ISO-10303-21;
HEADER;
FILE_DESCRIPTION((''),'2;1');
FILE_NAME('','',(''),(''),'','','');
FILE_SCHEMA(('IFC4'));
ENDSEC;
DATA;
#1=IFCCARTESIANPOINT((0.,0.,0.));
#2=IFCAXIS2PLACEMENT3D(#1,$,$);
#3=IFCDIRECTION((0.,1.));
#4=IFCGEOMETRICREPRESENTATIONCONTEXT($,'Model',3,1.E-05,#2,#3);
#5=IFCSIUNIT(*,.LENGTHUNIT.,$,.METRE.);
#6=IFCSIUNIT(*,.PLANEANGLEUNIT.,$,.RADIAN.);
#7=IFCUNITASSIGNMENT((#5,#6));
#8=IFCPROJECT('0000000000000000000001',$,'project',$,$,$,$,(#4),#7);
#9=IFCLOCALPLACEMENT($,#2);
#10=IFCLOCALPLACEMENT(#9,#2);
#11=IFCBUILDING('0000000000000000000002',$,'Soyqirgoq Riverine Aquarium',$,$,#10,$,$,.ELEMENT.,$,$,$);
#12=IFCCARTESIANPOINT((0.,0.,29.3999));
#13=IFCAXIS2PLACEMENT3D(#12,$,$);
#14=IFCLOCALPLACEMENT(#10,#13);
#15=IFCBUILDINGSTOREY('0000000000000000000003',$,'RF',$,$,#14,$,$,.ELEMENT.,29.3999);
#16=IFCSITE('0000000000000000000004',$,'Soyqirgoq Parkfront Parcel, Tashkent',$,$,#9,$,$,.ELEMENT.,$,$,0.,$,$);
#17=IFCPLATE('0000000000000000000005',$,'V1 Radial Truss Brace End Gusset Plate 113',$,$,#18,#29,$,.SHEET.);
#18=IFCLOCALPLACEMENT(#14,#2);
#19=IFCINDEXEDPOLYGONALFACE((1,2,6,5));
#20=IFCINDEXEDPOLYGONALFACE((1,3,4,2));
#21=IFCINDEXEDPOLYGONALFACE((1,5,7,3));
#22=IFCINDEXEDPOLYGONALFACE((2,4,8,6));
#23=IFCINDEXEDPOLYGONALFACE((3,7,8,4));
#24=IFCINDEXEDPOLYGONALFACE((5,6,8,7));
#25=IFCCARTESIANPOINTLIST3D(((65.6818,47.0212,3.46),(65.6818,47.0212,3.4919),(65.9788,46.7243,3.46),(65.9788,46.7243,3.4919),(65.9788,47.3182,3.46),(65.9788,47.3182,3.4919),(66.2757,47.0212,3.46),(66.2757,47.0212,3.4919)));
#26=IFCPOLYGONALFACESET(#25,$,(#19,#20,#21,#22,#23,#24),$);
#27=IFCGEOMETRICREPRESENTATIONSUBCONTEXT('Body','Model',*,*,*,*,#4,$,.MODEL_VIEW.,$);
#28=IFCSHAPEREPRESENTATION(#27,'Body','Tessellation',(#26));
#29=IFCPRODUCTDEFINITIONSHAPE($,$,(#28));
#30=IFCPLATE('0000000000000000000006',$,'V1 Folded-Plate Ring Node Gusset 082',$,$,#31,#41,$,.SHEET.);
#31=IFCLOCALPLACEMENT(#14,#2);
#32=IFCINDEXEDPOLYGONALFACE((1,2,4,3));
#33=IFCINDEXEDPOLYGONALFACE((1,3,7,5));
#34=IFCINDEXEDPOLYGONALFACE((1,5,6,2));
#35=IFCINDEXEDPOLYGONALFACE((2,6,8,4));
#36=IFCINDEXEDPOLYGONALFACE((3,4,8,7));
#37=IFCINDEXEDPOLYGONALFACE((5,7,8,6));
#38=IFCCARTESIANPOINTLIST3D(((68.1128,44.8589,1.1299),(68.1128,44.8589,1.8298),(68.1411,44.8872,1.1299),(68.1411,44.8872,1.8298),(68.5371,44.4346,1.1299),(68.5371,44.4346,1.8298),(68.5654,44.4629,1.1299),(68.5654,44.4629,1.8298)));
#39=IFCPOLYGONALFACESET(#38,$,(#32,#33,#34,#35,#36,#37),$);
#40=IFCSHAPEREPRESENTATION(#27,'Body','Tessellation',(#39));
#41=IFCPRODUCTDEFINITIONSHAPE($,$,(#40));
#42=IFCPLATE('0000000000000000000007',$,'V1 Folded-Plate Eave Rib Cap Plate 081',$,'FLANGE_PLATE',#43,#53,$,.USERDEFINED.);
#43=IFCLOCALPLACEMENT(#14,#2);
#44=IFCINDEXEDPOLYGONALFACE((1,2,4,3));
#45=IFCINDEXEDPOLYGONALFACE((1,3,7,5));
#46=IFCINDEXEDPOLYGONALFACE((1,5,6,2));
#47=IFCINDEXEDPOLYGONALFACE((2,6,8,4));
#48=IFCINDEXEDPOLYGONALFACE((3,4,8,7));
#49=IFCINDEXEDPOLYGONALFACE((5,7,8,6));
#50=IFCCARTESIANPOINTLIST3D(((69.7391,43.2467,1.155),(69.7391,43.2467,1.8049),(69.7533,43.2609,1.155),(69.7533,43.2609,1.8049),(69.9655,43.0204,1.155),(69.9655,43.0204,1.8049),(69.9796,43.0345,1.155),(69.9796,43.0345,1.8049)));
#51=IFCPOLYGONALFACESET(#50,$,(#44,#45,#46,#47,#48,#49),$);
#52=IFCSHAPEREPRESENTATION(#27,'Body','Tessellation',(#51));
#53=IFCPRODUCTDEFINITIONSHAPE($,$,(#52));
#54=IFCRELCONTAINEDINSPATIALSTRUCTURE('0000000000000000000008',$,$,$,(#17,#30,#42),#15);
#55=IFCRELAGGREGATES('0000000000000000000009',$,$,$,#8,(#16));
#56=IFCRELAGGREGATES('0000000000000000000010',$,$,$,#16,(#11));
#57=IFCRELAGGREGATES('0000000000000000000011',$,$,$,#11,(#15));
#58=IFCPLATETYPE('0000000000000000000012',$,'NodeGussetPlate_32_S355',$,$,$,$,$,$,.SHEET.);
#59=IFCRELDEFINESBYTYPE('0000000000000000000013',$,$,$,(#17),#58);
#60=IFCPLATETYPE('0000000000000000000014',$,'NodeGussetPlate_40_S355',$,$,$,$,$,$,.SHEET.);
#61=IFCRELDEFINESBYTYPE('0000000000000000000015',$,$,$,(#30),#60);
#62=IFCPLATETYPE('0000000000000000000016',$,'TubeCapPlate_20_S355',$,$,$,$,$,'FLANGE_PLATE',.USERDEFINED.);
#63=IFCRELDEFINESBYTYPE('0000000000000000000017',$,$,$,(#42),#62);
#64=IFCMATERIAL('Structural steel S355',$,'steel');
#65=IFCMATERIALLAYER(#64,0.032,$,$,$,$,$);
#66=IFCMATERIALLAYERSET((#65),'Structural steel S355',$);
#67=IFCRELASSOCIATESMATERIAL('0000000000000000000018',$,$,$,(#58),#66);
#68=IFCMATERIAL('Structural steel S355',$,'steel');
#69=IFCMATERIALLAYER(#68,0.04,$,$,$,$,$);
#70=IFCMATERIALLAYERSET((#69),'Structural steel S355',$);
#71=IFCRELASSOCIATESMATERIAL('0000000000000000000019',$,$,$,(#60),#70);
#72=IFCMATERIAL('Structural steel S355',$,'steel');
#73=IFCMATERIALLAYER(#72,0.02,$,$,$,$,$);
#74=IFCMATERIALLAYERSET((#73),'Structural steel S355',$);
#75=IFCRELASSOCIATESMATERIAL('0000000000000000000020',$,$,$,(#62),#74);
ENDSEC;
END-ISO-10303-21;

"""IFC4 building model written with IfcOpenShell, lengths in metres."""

from ifc_helpers import new_model, si_unit, direction, frame, origin, origin_2d, place, context, subcontext, project, spatial, rectangle, extrude, material, layer, layer_set, type_object, element, save


model = new_model("IFC4")

# Units and contexts
model_context = context("Model", 3, precision=1e-05, world=origin(), true_north=direction((0.0, 1.0)))
body_context = subcontext(model_context, "Body", "Model", "MODEL_VIEW")
ifc_project = project(units=[si_unit("LENGTHUNIT", "METRE"), si_unit("PLANEANGLEUNIT", "RADIAN")], contexts=[model_context])

# Site, building, storey
site_placement = place(None, origin())
site = spatial("IfcSite", under=ifc_project, at=site_placement, Name="Soyqirgoq Parkfront Parcel, Tashkent", CompositionType="ELEMENT", RefElevation=0.0)
building_placement = place(site_placement, origin())
building = spatial("IfcBuilding", under=site, at=building_placement, Name="Soyqirgoq Riverine Aquarium", CompositionType="ELEMENT")
storey_placement = place(building_placement, frame((0.0, 0.0, 29.3999)))
storey = spatial("IfcBuildingStorey", under=building, at=storey_placement, Name="RF", CompositionType="ELEMENT", Elevation=29.3999)

# Plates
ifc_material_1 = material(Name="Structural steel S355", Category="steel")
ifc_layer_1 = layer(ifc_material_1, 0.032)
ifc_layer_set_1 = layer_set([ifc_layer_1], Name="Structural steel S355")
plate_type_1 = type_object("IfcPlateType", Name="NodeGussetPlate_32_S355", PredefinedType="SHEET", material=ifc_layer_set_1)
plate_1_placement = place(storey_placement, frame((65.9788, 47.0212, 3.46), z_axis=(0.0, 0.0, 1.0), x_axis=(0.707107, -0.707107, 0.0)))
element("IfcPlate", 1, at=plate_1_placement, inside=storey, type_object=plate_type_1, Name="V1 Radial Truss Brace End Gusset Plate 113", PredefinedType="SHEET", context=body_context, shape_type="SweptSolid", body=[
    extrude(rectangle(XDim=0.4199, YDim=0.4199, at=origin_2d()), origin(), (0.0, 0.0, 1.0), 0.032),
])
ifc_material_2 = material(Name="Structural steel S355", Category="steel")
ifc_layer_2 = layer(ifc_material_2, 0.04)
ifc_layer_set_2 = layer_set([ifc_layer_2], Name="Structural steel S355")
plate_type_2 = type_object("IfcPlateType", Name="NodeGussetPlate_40_S355", PredefinedType="SHEET", material=ifc_layer_set_2)
plate_2_placement = place(storey_placement, frame((68.3391, 44.6609, 1.1299), z_axis=(0.0, 0.0, 1.0), x_axis=(0.707107, -0.707107, 0.0)))
element("IfcPlate", 2, at=plate_2_placement, inside=storey, type_object=plate_type_2, Name="V1 Folded-Plate Ring Node Gusset 082", PredefinedType="SHEET", context=body_context, shape_type="SweptSolid", body=[
    extrude(rectangle(XDim=0.6001, YDim=0.04, at=origin_2d()), origin(), (0.0, 0.0, 1.0), 0.7),
])
ifc_material_3 = material(Name="Structural steel S355", Category="steel")
ifc_layer_3 = layer(ifc_material_3, 0.02)
ifc_layer_set_3 = layer_set([ifc_layer_3], Name="Structural steel S355")
plate_type_3 = type_object("IfcPlateType", Name="TubeCapPlate_20_S355", ElementType="FLANGE_PLATE", PredefinedType="USERDEFINED", material=ifc_layer_set_3)
plate_3_placement = place(storey_placement, frame((69.8594, 43.1406, 1.155), z_axis=(0.0, 0.0, 1.0), x_axis=(0.707107, -0.707107, 0.0)))
element("IfcPlate", 3, at=plate_3_placement, inside=storey, type_object=plate_type_3, Name="V1 Folded-Plate Eave Rib Cap Plate 081", ObjectType="FLANGE_PLATE", PredefinedType="USERDEFINED", context=body_context, shape_type="SweptSolid", body=[
    extrude(rectangle(XDim=0.3201, YDim=0.02, at=origin_2d()), origin(), (0.0, 0.0, 1.0), 0.6499),
])

save(model, "model.ifc")
